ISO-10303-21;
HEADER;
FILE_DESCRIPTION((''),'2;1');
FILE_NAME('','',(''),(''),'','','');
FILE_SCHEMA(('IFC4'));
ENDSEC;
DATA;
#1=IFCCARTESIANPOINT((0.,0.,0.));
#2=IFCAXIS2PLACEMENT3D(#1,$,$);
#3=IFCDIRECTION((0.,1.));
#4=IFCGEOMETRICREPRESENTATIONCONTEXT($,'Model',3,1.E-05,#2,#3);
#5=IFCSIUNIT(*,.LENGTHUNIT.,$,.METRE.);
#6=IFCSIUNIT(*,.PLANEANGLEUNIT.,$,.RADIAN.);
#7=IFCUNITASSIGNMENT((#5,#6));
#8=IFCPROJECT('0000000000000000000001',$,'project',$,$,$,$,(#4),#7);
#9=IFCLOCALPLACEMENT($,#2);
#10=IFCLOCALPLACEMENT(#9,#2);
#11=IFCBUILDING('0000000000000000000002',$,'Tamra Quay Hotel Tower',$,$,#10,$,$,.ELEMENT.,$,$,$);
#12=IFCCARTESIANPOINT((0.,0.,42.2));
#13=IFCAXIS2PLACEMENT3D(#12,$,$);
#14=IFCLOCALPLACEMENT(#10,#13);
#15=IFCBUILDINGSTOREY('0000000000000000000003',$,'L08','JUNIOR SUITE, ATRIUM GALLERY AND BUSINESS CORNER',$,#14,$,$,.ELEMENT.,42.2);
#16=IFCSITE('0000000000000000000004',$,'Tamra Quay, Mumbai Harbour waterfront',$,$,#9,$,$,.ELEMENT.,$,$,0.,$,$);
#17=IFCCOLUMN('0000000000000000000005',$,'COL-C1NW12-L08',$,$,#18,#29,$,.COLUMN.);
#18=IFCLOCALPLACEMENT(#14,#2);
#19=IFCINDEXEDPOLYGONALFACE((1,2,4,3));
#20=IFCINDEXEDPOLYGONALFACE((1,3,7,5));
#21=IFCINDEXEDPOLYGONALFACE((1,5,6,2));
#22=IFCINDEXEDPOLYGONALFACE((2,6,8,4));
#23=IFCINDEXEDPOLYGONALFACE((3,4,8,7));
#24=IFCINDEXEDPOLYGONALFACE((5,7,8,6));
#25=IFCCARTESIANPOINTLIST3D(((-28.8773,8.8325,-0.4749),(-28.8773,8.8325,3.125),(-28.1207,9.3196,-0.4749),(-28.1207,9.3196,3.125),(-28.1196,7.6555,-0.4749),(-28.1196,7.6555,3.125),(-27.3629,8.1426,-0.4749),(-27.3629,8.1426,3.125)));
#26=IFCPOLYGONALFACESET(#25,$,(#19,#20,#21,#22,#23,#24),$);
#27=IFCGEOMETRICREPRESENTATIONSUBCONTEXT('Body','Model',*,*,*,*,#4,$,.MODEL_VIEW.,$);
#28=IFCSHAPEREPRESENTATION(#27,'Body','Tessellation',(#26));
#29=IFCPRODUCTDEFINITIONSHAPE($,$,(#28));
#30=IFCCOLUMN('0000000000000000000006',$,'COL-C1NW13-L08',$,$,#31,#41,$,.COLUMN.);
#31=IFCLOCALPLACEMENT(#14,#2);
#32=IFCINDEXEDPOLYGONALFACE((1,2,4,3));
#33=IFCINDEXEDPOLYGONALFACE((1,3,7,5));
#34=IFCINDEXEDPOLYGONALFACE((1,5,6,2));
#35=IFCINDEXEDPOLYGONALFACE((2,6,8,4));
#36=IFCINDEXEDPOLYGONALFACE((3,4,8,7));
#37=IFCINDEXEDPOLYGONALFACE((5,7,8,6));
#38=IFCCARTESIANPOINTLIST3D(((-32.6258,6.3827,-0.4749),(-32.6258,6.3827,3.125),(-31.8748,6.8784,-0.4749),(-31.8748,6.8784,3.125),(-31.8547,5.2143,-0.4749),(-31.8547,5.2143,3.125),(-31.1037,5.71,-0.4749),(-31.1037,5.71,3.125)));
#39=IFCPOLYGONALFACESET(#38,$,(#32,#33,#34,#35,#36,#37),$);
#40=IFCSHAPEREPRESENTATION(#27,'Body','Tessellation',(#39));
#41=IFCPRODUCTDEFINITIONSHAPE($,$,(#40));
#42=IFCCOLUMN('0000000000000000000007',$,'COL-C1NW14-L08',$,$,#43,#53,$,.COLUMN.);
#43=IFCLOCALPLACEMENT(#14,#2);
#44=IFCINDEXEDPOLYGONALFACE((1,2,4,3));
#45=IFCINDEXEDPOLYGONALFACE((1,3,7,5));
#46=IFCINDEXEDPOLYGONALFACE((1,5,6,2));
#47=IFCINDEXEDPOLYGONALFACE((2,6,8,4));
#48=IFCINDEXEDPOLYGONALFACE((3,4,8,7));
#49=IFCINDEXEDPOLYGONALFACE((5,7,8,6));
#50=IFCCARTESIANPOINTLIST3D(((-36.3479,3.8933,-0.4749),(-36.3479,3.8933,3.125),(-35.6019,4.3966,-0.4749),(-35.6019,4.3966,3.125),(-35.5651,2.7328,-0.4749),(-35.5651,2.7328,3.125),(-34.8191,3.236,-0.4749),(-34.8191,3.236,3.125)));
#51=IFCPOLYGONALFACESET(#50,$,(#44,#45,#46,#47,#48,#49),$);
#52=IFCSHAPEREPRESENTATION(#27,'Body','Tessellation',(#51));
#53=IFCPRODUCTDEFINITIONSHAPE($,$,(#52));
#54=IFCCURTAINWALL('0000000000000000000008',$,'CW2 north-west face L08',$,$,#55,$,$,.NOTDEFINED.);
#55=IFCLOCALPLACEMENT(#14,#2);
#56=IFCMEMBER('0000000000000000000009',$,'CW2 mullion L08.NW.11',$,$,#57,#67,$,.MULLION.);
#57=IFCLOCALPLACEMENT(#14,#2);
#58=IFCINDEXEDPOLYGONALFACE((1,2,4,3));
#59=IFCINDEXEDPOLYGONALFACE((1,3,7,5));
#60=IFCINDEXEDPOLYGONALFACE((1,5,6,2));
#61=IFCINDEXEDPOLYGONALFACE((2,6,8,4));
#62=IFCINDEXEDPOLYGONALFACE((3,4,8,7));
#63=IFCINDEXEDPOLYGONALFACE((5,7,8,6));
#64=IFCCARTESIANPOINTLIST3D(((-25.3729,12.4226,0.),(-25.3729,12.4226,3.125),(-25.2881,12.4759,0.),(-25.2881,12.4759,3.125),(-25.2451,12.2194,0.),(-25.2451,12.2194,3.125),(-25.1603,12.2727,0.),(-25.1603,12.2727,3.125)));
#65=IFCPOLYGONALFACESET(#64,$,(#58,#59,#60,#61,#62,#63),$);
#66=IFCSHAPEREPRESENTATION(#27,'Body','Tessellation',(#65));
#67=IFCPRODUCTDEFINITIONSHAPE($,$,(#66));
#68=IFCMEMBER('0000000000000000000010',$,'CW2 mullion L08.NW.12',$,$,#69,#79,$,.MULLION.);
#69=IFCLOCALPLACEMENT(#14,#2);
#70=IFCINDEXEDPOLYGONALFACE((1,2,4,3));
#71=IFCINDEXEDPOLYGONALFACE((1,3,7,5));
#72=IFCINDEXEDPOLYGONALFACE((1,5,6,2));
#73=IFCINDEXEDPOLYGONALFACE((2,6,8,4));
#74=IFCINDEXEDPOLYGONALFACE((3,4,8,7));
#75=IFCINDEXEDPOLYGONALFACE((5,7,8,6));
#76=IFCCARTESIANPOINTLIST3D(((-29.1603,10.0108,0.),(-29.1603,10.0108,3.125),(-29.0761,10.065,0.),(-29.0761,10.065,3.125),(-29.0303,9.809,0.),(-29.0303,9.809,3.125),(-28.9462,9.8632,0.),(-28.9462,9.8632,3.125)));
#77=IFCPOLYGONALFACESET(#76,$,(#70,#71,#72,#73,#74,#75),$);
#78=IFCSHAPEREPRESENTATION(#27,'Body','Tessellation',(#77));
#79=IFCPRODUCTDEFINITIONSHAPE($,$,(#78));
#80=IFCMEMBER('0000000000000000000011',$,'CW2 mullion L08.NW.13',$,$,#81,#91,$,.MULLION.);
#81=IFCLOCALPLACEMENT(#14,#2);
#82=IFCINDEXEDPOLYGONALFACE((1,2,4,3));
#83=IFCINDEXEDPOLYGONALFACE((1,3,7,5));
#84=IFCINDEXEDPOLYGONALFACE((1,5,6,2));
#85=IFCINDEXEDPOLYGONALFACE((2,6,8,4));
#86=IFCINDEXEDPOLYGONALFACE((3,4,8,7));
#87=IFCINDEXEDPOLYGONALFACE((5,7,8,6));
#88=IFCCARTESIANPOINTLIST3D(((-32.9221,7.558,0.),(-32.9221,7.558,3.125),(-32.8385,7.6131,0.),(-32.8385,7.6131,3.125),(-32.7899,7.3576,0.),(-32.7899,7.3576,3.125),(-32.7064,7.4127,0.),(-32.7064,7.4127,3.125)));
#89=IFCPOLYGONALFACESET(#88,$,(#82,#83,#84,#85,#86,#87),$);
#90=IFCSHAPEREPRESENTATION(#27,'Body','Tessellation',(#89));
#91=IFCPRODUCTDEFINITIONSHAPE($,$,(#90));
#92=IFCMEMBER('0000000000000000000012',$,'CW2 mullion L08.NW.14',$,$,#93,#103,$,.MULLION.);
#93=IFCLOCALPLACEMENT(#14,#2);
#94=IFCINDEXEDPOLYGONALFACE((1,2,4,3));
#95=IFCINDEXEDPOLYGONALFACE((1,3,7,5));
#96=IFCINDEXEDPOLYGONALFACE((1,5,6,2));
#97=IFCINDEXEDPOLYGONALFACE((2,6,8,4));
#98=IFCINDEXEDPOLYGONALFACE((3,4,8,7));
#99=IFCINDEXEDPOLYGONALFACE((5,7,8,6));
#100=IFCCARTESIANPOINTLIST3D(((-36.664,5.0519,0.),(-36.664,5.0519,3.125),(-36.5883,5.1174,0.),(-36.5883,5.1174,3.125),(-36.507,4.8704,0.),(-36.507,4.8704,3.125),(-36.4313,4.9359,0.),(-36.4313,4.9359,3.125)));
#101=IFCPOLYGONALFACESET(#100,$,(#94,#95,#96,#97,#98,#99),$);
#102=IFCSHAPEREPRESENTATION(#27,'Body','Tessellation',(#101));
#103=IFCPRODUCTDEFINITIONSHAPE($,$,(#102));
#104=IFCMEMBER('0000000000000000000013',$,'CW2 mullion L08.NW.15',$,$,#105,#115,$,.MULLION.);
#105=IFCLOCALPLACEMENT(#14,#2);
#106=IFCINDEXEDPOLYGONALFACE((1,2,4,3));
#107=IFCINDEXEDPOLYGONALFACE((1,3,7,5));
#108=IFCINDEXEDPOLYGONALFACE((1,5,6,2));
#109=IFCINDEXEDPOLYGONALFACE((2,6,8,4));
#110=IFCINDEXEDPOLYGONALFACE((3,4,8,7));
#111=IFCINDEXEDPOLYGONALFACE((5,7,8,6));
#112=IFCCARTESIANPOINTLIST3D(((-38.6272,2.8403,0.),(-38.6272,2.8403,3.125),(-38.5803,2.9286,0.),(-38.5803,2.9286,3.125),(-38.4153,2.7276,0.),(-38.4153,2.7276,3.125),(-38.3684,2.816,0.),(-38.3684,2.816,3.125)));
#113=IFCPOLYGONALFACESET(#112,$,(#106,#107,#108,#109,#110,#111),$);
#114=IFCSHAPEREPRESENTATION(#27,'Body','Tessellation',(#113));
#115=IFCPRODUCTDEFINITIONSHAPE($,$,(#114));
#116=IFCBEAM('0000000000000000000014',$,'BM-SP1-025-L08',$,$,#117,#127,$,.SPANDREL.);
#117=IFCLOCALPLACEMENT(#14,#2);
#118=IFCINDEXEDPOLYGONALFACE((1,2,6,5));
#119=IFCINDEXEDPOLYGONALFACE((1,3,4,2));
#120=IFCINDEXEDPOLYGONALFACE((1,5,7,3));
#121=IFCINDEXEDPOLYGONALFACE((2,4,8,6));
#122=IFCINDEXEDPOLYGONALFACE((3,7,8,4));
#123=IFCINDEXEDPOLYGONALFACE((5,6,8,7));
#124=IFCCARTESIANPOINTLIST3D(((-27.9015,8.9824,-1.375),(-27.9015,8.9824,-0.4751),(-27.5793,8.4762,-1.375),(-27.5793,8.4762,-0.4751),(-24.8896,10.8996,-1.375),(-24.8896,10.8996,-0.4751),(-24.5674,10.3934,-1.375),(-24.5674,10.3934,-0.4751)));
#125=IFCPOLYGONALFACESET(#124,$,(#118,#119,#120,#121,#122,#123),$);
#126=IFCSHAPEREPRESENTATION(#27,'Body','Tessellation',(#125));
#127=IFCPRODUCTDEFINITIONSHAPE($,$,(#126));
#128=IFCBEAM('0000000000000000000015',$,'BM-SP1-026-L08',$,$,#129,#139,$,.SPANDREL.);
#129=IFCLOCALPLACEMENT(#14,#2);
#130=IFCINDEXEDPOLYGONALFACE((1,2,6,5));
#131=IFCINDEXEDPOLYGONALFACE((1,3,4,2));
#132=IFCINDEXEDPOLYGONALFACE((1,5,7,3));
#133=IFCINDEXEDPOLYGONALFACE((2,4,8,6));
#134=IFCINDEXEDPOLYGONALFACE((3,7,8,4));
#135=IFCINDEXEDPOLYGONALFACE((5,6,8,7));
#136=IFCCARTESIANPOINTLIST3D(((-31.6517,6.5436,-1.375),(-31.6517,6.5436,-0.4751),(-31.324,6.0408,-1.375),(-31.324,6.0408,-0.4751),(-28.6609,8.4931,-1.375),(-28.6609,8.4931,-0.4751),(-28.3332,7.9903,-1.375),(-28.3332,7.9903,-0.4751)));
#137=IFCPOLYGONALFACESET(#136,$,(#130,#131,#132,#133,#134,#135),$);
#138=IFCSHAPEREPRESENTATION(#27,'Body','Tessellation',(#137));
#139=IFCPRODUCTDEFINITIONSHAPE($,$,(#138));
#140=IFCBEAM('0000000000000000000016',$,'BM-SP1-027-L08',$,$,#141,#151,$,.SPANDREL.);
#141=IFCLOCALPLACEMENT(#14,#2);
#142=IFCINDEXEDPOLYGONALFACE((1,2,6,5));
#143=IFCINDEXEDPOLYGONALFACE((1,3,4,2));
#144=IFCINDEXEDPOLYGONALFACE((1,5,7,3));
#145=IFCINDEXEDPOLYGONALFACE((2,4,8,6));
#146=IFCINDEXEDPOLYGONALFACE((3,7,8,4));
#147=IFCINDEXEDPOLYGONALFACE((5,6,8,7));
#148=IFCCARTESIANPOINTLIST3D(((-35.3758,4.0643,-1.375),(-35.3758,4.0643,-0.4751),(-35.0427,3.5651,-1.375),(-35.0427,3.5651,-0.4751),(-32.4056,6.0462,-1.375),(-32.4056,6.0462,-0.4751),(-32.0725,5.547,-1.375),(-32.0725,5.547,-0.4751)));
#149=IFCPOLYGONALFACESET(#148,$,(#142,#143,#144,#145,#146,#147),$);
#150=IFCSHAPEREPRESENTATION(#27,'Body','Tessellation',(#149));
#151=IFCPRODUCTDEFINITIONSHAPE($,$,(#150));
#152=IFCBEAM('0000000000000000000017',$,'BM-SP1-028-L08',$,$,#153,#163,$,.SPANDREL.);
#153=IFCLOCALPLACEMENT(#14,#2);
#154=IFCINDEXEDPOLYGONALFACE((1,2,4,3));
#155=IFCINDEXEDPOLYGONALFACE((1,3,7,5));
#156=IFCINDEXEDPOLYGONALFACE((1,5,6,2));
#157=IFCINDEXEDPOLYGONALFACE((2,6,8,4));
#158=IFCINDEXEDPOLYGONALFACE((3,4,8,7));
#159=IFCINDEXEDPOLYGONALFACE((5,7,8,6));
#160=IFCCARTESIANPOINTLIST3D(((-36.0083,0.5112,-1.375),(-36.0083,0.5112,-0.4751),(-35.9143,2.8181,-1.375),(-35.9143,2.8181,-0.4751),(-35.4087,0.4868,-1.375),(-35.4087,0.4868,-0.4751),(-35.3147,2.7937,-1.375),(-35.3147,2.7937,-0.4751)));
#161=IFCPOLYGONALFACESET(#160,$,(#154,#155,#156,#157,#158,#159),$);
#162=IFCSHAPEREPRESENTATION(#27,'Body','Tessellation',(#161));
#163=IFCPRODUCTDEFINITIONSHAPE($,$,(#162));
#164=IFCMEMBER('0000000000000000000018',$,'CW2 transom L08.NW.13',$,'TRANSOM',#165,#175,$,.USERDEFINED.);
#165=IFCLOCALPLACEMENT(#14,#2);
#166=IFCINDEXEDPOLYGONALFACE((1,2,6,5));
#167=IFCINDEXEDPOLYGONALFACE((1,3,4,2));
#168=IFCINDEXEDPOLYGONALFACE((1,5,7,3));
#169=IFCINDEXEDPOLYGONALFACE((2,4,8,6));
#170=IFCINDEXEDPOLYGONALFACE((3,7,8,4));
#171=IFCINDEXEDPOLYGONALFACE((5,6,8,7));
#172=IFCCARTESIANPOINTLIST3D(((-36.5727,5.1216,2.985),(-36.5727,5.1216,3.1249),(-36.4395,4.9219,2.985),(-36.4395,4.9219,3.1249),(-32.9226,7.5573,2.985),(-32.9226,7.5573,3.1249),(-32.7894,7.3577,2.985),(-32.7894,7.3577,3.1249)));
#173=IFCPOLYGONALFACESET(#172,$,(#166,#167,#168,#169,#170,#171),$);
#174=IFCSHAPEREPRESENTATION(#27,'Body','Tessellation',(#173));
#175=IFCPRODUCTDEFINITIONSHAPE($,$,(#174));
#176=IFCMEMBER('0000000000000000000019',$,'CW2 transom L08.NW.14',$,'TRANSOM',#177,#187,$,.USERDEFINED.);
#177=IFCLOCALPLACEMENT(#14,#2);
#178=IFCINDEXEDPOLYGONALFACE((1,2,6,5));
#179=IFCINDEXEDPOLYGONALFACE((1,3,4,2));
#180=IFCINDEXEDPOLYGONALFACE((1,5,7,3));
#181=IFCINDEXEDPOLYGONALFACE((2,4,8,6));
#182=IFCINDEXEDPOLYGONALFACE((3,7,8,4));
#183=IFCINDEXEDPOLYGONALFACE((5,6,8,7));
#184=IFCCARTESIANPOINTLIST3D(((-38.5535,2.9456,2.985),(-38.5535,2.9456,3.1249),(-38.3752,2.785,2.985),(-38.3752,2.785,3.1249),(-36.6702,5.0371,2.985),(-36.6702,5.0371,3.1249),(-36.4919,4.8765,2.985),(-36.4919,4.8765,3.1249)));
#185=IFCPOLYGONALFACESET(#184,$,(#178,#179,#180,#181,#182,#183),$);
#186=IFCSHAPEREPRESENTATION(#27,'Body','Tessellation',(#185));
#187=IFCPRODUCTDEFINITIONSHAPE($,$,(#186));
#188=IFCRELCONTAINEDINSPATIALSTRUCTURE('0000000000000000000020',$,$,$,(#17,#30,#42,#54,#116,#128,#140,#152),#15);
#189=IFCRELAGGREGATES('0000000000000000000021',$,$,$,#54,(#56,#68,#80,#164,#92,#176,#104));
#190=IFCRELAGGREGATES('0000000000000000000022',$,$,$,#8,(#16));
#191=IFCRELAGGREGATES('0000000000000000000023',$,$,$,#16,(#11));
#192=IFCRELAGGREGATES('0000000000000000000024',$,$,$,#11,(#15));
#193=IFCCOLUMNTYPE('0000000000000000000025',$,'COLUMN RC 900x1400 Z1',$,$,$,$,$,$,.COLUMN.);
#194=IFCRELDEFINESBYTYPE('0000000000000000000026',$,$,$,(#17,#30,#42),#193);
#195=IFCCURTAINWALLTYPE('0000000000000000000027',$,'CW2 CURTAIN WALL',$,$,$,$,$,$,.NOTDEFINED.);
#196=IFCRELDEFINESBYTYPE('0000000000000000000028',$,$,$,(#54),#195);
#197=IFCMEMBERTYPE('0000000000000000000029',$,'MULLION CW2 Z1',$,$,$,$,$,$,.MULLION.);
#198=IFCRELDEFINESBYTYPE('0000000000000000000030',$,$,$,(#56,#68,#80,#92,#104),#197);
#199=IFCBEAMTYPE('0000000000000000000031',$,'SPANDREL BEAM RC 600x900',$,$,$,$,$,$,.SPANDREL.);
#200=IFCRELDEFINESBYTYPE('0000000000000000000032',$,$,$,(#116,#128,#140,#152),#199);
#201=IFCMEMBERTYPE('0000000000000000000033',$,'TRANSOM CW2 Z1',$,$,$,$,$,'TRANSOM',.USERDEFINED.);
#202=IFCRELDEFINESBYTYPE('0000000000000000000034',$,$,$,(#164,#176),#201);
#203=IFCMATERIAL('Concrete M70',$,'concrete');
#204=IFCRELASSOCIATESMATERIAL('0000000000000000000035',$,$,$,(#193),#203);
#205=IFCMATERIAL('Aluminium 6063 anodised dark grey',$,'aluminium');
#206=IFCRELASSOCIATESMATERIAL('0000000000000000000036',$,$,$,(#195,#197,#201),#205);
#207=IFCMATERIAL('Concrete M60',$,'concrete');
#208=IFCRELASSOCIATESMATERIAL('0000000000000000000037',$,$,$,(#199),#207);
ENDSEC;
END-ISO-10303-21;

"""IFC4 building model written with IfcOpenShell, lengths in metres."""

from ifc_helpers import new_model, si_unit, direction, frame, origin, origin_2d, place, context, subcontext, project, spatial, rectangle, extrude, material, material_profile, profile_set, type_object, element, aggregate, save


model = new_model("IFC4")

# Units and contexts
model_context = context("Model", 3, precision=1e-05, world=origin(), true_north=direction((0.0, 1.0)))
body_context = subcontext(model_context, "Body", "Model", "MODEL_VIEW")
ifc_project = project(units=[si_unit("LENGTHUNIT", "METRE"), si_unit("PLANEANGLEUNIT", "RADIAN")], contexts=[model_context])

# Site, building, storey
site_placement = place(None, origin())
site = spatial("IfcSite", under=ifc_project, at=site_placement, Name="Tamra Quay, Mumbai Harbour waterfront", CompositionType="ELEMENT", RefElevation=0.0)
building_placement = place(site_placement, origin())
building = spatial("IfcBuilding", under=site, at=building_placement, Name="Tamra Quay Hotel Tower", CompositionType="ELEMENT")
storey_placement = place(building_placement, frame((0.0, 0.0, 42.2)))
storey = spatial("IfcBuildingStorey", under=building, at=storey_placement, Name="L08", Description="JUNIOR SUITE, ATRIUM GALLERY AND BUSINESS CORNER", CompositionType="ELEMENT", Elevation=42.2)

# Columns
ifc_material_1 = material(Name="Concrete M70", Category="concrete")
ifc_material_profile_1 = material_profile(ifc_material_1, rectangle(XDim=1.3999, YDim=0.8999, at=origin_2d()), Name="COLUMN RC 900x1400 Z1")
ifc_profile_set_1 = profile_set([ifc_material_profile_1], Name="Concrete M70")
column_type = type_object("IfcColumnType", Name="COLUMN RC 900x1400 Z1", PredefinedType="COLUMN", material=ifc_profile_set_1)
for number, where, z_axis, x_axis, name in (
    (1, (-28.1201, 8.4875, -0.4749), (0.0, 0.0, 1.0), (-0.541283, 0.840841, 0.0), "COL-C1NW12-L08"),
    (2, (-31.8647, 6.0464, -0.4749), (0.0, 0.0, 1.0), (-0.550838, 0.834612, 0.0), "COL-C1NW13-L08"),
    (3, (-35.5835, 3.5647, -0.4749), (0.0, 0.0, 1.0), (-0.55922, 0.829019, 0.0), "COL-C1NW14-L08"),
):
    element("IfcColumn", number, at=place(storey_placement, frame(where, z_axis=z_axis, x_axis=x_axis)), inside=storey, type_object=column_type, Name=name, PredefinedType="COLUMN", context=body_context, shape_type="SweptSolid", body=[
        extrude(rectangle(XDim=1.3999, YDim=0.8999, at=origin_2d()), origin(), (0.0, 0.0, 1.0), 3.5999),
    ])

# Curtain wall, members
ifc_material_2 = material(Name="Aluminium 6063 anodised dark grey", Category="aluminium")
curtain_wall_type = type_object("IfcCurtainWallType", Name="CW2 CURTAIN WALL", PredefinedType="NOTDEFINED", material=ifc_material_2)
curtain_wall_placement = place(storey_placement, origin())
curtain_wall = element("IfcCurtainWall", 4, at=curtain_wall_placement, inside=storey, type_object=curtain_wall_type, Name="CW2 north-west face L08", PredefinedType="NOTDEFINED")
ifc_material_profile_2 = material_profile(ifc_material_2, rectangle(XDim=0.24, YDim=0.1001, at=origin_2d()), Name="MULLION 100X240")
ifc_profile_set_2 = profile_set([ifc_material_profile_2], Name="Aluminium 6063 anodised dark grey")
member_type_1 = type_object("IfcMemberType", Name="MULLION CW2 Z1", PredefinedType="MULLION", material=ifc_profile_set_2)
member_1_placement = place(storey_placement, frame((-25.2666, 12.3477, 0.0), z_axis=(0.0, 0.0, 1.0), x_axis=(-0.532447, 0.846463, 0.0)))
member_1 = element("IfcMember", 5, at=member_1_placement, type_object=member_type_1, Name="CW2 mullion L08.NW.11", PredefinedType="MULLION", context=body_context, shape_type="SweptSolid", body=[
    extrude(rectangle(XDim=0.24, YDim=0.1001, at=origin_2d()), origin(), (0.0, 0.0, 1.0), 3.125),
])
member_2_placement = place(storey_placement, frame((-29.0532, 9.937, 0.0), z_axis=(0.0, 0.0, 1.0), x_axis=(-0.541561, 0.840662, 0.0)))
member_2 = element("IfcMember", 6, at=member_2_placement, type_object=member_type_1, Name="CW2 mullion L08.NW.12", PredefinedType="MULLION", context=body_context, shape_type="SweptSolid", body=[
    extrude(rectangle(XDim=0.24, YDim=0.1001, at=origin_2d()), origin(), (0.0, 0.0, 1.0), 3.125),
])
member_3_placement = place(storey_placement, frame((-32.8142, 7.4854, 0.0), z_axis=(0.0, 0.0, 1.0), x_axis=(-0.550591, 0.834775, 0.0)))
member_3 = element("IfcMember", 7, at=member_3_placement, type_object=member_type_1, Name="CW2 mullion L08.NW.13", PredefinedType="MULLION", context=body_context, shape_type="SweptSolid", body=[
    extrude(rectangle(XDim=0.24, YDim=0.1001, at=origin_2d()), origin(), (0.0, 0.0, 1.0), 3.125),
])
member_4_placement = place(storey_placement, frame((-36.5476, 4.9939, 0.0), z_axis=(0.0, 0.0, 1.0), x_axis=(-0.654197, 0.756324, 0.0)))
member_4 = element("IfcMember", 8, at=member_4_placement, type_object=member_type_1, Name="CW2 mullion L08.NW.14", PredefinedType="MULLION", context=body_context, shape_type="SweptSolid", body=[
    extrude(rectangle(XDim=0.24, YDim=0.1001, at=origin_2d()), origin(), (0.0, 0.0, 1.0), 3.125),
])
member_5_placement = place(storey_placement, frame((-38.4978, 2.8281, 0.0), z_axis=(0.0, 0.0, 1.0), x_axis=(-0.882955, 0.469457, 0.0)))
member_5 = element("IfcMember", 9, at=member_5_placement, type_object=member_type_1, Name="CW2 mullion L08.NW.15", PredefinedType="MULLION", context=body_context, shape_type="SweptSolid", body=[
    extrude(rectangle(XDim=0.24, YDim=0.1001, at=origin_2d()), origin(), (0.0, 0.0, 1.0), 3.125),
])

# Beams
ifc_material_3 = material(Name="Concrete M60", Category="concrete")
ifc_material_profile_3 = material_profile(ifc_material_3, rectangle(XDim=0.6001, YDim=0.8999, at=origin_2d()), Name="SPANDREL BEAM RC 600x900")
ifc_profile_set_3 = profile_set([ifc_material_profile_3], Name="Concrete M60")
beam_type = type_object("IfcBeamType", Name="SPANDREL BEAM RC 600x900", PredefinedType="SPANDREL", material=ifc_profile_set_3)
beam_1_placement = place(storey_placement, frame((-24.7285, 10.6465, -0.925), z_axis=(-0.843594, -0.536982, 0.0), x_axis=(0.536982, -0.843594, 0.0)))
element("IfcBeam", 10, at=beam_1_placement, inside=storey, type_object=beam_type, Name="BM-SP1-025-L08", PredefinedType="SPANDREL", context=body_context, shape_type="SweptSolid", body=[
    extrude(rectangle(XDim=0.6001, YDim=0.8999, at=origin_2d()), origin(), (0.0, 0.0, 1.0), 3.5703),
])
beam_2_placement = place(storey_placement, frame((-28.4971, 8.2417, -0.925), z_axis=(-0.83774, -0.54607, 0.0), x_axis=(0.54607, -0.83774, 0.0)))
element("IfcBeam", 11, at=beam_2_placement, inside=storey, type_object=beam_type, Name="BM-SP1-026-L08", PredefinedType="SPANDREL", context=body_context, shape_type="SweptSolid", body=[
    extrude(rectangle(XDim=0.6001, YDim=0.8999, at=origin_2d()), origin(), (0.0, 0.0, 1.0), 3.5701),
])
beam_3_placement = place(storey_placement, frame((-32.239, 5.7966, -0.925), z_axis=(-0.831819, -0.555047, 0.0), x_axis=(0.555047, -0.831819, 0.0)))
element("IfcBeam", 12, at=beam_3_placement, inside=storey, type_object=beam_type, Name="BM-SP1-027-L08", PredefinedType="SPANDREL", context=body_context, shape_type="SweptSolid", body=[
    extrude(rectangle(XDim=0.6001, YDim=0.8999, at=origin_2d()), origin(), (0.0, 0.0, 1.0), 3.5708),
])
beam_4_placement = place(storey_placement, frame((-35.6145, 2.8059, -0.925), z_axis=(-0.040711, -0.999171, 0.0), x_axis=(0.999171, -0.040711, 0.0)))
element("IfcBeam", 13, at=beam_4_placement, inside=storey, type_object=beam_type, Name="BM-SP1-028-L08", PredefinedType="SPANDREL", context=body_context, shape_type="SweptSolid", body=[
    extrude(rectangle(XDim=0.6001, YDim=0.8999, at=origin_2d()), origin(), (0.0, 0.0, 1.0), 2.3088),
])

# Members
ifc_material_profile_4 = material_profile(ifc_material_2, rectangle(XDim=0.24, YDim=0.1399, at=origin_2d()), Name="TRANSOM 240X140")
ifc_profile_set_4 = profile_set([ifc_material_profile_4], Name="Aluminium 6063 anodised dark grey")
member_type_2 = type_object("IfcMemberType", Name="TRANSOM CW2 Z1", ElementType="TRANSOM", PredefinedType="USERDEFINED", material=ifc_profile_set_4)
member_6_placement = place(storey_placement, frame((-32.856, 7.4575, 3.0549), z_axis=(-0.831802, -0.555072, 0.0), x_axis=(0.555072, -0.831802, 0.0)))
member_6 = element("IfcMember", 14, at=member_6_placement, type_object=member_type_2, Name="CW2 transom L08.NW.13", ObjectType="TRANSOM", PredefinedType="USERDEFINED", context=body_context, shape_type="SweptSolid", body=[
    extrude(rectangle(XDim=0.24, YDim=0.1399, at=origin_2d()), origin(), (0.0, 0.0, 1.0), 4.3882),
])
member_7_placement = place(storey_placement, frame((-36.5811, 4.9568, 3.0549), z_axis=(-0.669142, -0.743135, 0.0), x_axis=(0.743135, -0.669142, 0.0)))
member_7 = element("IfcMember", 15, at=member_7_placement, type_object=member_type_2, Name="CW2 transom L08.NW.14", ObjectType="TRANSOM", PredefinedType="USERDEFINED", context=body_context, shape_type="SweptSolid", body=[
    extrude(rectangle(XDim=0.24, YDim=0.1399, at=origin_2d()), origin(), (0.0, 0.0, 1.0), 2.8145),
])

aggregate(curtain_wall, [member_1, member_2, member_3, member_6, member_4, member_7, member_5])

save(model, "model.ifc")
